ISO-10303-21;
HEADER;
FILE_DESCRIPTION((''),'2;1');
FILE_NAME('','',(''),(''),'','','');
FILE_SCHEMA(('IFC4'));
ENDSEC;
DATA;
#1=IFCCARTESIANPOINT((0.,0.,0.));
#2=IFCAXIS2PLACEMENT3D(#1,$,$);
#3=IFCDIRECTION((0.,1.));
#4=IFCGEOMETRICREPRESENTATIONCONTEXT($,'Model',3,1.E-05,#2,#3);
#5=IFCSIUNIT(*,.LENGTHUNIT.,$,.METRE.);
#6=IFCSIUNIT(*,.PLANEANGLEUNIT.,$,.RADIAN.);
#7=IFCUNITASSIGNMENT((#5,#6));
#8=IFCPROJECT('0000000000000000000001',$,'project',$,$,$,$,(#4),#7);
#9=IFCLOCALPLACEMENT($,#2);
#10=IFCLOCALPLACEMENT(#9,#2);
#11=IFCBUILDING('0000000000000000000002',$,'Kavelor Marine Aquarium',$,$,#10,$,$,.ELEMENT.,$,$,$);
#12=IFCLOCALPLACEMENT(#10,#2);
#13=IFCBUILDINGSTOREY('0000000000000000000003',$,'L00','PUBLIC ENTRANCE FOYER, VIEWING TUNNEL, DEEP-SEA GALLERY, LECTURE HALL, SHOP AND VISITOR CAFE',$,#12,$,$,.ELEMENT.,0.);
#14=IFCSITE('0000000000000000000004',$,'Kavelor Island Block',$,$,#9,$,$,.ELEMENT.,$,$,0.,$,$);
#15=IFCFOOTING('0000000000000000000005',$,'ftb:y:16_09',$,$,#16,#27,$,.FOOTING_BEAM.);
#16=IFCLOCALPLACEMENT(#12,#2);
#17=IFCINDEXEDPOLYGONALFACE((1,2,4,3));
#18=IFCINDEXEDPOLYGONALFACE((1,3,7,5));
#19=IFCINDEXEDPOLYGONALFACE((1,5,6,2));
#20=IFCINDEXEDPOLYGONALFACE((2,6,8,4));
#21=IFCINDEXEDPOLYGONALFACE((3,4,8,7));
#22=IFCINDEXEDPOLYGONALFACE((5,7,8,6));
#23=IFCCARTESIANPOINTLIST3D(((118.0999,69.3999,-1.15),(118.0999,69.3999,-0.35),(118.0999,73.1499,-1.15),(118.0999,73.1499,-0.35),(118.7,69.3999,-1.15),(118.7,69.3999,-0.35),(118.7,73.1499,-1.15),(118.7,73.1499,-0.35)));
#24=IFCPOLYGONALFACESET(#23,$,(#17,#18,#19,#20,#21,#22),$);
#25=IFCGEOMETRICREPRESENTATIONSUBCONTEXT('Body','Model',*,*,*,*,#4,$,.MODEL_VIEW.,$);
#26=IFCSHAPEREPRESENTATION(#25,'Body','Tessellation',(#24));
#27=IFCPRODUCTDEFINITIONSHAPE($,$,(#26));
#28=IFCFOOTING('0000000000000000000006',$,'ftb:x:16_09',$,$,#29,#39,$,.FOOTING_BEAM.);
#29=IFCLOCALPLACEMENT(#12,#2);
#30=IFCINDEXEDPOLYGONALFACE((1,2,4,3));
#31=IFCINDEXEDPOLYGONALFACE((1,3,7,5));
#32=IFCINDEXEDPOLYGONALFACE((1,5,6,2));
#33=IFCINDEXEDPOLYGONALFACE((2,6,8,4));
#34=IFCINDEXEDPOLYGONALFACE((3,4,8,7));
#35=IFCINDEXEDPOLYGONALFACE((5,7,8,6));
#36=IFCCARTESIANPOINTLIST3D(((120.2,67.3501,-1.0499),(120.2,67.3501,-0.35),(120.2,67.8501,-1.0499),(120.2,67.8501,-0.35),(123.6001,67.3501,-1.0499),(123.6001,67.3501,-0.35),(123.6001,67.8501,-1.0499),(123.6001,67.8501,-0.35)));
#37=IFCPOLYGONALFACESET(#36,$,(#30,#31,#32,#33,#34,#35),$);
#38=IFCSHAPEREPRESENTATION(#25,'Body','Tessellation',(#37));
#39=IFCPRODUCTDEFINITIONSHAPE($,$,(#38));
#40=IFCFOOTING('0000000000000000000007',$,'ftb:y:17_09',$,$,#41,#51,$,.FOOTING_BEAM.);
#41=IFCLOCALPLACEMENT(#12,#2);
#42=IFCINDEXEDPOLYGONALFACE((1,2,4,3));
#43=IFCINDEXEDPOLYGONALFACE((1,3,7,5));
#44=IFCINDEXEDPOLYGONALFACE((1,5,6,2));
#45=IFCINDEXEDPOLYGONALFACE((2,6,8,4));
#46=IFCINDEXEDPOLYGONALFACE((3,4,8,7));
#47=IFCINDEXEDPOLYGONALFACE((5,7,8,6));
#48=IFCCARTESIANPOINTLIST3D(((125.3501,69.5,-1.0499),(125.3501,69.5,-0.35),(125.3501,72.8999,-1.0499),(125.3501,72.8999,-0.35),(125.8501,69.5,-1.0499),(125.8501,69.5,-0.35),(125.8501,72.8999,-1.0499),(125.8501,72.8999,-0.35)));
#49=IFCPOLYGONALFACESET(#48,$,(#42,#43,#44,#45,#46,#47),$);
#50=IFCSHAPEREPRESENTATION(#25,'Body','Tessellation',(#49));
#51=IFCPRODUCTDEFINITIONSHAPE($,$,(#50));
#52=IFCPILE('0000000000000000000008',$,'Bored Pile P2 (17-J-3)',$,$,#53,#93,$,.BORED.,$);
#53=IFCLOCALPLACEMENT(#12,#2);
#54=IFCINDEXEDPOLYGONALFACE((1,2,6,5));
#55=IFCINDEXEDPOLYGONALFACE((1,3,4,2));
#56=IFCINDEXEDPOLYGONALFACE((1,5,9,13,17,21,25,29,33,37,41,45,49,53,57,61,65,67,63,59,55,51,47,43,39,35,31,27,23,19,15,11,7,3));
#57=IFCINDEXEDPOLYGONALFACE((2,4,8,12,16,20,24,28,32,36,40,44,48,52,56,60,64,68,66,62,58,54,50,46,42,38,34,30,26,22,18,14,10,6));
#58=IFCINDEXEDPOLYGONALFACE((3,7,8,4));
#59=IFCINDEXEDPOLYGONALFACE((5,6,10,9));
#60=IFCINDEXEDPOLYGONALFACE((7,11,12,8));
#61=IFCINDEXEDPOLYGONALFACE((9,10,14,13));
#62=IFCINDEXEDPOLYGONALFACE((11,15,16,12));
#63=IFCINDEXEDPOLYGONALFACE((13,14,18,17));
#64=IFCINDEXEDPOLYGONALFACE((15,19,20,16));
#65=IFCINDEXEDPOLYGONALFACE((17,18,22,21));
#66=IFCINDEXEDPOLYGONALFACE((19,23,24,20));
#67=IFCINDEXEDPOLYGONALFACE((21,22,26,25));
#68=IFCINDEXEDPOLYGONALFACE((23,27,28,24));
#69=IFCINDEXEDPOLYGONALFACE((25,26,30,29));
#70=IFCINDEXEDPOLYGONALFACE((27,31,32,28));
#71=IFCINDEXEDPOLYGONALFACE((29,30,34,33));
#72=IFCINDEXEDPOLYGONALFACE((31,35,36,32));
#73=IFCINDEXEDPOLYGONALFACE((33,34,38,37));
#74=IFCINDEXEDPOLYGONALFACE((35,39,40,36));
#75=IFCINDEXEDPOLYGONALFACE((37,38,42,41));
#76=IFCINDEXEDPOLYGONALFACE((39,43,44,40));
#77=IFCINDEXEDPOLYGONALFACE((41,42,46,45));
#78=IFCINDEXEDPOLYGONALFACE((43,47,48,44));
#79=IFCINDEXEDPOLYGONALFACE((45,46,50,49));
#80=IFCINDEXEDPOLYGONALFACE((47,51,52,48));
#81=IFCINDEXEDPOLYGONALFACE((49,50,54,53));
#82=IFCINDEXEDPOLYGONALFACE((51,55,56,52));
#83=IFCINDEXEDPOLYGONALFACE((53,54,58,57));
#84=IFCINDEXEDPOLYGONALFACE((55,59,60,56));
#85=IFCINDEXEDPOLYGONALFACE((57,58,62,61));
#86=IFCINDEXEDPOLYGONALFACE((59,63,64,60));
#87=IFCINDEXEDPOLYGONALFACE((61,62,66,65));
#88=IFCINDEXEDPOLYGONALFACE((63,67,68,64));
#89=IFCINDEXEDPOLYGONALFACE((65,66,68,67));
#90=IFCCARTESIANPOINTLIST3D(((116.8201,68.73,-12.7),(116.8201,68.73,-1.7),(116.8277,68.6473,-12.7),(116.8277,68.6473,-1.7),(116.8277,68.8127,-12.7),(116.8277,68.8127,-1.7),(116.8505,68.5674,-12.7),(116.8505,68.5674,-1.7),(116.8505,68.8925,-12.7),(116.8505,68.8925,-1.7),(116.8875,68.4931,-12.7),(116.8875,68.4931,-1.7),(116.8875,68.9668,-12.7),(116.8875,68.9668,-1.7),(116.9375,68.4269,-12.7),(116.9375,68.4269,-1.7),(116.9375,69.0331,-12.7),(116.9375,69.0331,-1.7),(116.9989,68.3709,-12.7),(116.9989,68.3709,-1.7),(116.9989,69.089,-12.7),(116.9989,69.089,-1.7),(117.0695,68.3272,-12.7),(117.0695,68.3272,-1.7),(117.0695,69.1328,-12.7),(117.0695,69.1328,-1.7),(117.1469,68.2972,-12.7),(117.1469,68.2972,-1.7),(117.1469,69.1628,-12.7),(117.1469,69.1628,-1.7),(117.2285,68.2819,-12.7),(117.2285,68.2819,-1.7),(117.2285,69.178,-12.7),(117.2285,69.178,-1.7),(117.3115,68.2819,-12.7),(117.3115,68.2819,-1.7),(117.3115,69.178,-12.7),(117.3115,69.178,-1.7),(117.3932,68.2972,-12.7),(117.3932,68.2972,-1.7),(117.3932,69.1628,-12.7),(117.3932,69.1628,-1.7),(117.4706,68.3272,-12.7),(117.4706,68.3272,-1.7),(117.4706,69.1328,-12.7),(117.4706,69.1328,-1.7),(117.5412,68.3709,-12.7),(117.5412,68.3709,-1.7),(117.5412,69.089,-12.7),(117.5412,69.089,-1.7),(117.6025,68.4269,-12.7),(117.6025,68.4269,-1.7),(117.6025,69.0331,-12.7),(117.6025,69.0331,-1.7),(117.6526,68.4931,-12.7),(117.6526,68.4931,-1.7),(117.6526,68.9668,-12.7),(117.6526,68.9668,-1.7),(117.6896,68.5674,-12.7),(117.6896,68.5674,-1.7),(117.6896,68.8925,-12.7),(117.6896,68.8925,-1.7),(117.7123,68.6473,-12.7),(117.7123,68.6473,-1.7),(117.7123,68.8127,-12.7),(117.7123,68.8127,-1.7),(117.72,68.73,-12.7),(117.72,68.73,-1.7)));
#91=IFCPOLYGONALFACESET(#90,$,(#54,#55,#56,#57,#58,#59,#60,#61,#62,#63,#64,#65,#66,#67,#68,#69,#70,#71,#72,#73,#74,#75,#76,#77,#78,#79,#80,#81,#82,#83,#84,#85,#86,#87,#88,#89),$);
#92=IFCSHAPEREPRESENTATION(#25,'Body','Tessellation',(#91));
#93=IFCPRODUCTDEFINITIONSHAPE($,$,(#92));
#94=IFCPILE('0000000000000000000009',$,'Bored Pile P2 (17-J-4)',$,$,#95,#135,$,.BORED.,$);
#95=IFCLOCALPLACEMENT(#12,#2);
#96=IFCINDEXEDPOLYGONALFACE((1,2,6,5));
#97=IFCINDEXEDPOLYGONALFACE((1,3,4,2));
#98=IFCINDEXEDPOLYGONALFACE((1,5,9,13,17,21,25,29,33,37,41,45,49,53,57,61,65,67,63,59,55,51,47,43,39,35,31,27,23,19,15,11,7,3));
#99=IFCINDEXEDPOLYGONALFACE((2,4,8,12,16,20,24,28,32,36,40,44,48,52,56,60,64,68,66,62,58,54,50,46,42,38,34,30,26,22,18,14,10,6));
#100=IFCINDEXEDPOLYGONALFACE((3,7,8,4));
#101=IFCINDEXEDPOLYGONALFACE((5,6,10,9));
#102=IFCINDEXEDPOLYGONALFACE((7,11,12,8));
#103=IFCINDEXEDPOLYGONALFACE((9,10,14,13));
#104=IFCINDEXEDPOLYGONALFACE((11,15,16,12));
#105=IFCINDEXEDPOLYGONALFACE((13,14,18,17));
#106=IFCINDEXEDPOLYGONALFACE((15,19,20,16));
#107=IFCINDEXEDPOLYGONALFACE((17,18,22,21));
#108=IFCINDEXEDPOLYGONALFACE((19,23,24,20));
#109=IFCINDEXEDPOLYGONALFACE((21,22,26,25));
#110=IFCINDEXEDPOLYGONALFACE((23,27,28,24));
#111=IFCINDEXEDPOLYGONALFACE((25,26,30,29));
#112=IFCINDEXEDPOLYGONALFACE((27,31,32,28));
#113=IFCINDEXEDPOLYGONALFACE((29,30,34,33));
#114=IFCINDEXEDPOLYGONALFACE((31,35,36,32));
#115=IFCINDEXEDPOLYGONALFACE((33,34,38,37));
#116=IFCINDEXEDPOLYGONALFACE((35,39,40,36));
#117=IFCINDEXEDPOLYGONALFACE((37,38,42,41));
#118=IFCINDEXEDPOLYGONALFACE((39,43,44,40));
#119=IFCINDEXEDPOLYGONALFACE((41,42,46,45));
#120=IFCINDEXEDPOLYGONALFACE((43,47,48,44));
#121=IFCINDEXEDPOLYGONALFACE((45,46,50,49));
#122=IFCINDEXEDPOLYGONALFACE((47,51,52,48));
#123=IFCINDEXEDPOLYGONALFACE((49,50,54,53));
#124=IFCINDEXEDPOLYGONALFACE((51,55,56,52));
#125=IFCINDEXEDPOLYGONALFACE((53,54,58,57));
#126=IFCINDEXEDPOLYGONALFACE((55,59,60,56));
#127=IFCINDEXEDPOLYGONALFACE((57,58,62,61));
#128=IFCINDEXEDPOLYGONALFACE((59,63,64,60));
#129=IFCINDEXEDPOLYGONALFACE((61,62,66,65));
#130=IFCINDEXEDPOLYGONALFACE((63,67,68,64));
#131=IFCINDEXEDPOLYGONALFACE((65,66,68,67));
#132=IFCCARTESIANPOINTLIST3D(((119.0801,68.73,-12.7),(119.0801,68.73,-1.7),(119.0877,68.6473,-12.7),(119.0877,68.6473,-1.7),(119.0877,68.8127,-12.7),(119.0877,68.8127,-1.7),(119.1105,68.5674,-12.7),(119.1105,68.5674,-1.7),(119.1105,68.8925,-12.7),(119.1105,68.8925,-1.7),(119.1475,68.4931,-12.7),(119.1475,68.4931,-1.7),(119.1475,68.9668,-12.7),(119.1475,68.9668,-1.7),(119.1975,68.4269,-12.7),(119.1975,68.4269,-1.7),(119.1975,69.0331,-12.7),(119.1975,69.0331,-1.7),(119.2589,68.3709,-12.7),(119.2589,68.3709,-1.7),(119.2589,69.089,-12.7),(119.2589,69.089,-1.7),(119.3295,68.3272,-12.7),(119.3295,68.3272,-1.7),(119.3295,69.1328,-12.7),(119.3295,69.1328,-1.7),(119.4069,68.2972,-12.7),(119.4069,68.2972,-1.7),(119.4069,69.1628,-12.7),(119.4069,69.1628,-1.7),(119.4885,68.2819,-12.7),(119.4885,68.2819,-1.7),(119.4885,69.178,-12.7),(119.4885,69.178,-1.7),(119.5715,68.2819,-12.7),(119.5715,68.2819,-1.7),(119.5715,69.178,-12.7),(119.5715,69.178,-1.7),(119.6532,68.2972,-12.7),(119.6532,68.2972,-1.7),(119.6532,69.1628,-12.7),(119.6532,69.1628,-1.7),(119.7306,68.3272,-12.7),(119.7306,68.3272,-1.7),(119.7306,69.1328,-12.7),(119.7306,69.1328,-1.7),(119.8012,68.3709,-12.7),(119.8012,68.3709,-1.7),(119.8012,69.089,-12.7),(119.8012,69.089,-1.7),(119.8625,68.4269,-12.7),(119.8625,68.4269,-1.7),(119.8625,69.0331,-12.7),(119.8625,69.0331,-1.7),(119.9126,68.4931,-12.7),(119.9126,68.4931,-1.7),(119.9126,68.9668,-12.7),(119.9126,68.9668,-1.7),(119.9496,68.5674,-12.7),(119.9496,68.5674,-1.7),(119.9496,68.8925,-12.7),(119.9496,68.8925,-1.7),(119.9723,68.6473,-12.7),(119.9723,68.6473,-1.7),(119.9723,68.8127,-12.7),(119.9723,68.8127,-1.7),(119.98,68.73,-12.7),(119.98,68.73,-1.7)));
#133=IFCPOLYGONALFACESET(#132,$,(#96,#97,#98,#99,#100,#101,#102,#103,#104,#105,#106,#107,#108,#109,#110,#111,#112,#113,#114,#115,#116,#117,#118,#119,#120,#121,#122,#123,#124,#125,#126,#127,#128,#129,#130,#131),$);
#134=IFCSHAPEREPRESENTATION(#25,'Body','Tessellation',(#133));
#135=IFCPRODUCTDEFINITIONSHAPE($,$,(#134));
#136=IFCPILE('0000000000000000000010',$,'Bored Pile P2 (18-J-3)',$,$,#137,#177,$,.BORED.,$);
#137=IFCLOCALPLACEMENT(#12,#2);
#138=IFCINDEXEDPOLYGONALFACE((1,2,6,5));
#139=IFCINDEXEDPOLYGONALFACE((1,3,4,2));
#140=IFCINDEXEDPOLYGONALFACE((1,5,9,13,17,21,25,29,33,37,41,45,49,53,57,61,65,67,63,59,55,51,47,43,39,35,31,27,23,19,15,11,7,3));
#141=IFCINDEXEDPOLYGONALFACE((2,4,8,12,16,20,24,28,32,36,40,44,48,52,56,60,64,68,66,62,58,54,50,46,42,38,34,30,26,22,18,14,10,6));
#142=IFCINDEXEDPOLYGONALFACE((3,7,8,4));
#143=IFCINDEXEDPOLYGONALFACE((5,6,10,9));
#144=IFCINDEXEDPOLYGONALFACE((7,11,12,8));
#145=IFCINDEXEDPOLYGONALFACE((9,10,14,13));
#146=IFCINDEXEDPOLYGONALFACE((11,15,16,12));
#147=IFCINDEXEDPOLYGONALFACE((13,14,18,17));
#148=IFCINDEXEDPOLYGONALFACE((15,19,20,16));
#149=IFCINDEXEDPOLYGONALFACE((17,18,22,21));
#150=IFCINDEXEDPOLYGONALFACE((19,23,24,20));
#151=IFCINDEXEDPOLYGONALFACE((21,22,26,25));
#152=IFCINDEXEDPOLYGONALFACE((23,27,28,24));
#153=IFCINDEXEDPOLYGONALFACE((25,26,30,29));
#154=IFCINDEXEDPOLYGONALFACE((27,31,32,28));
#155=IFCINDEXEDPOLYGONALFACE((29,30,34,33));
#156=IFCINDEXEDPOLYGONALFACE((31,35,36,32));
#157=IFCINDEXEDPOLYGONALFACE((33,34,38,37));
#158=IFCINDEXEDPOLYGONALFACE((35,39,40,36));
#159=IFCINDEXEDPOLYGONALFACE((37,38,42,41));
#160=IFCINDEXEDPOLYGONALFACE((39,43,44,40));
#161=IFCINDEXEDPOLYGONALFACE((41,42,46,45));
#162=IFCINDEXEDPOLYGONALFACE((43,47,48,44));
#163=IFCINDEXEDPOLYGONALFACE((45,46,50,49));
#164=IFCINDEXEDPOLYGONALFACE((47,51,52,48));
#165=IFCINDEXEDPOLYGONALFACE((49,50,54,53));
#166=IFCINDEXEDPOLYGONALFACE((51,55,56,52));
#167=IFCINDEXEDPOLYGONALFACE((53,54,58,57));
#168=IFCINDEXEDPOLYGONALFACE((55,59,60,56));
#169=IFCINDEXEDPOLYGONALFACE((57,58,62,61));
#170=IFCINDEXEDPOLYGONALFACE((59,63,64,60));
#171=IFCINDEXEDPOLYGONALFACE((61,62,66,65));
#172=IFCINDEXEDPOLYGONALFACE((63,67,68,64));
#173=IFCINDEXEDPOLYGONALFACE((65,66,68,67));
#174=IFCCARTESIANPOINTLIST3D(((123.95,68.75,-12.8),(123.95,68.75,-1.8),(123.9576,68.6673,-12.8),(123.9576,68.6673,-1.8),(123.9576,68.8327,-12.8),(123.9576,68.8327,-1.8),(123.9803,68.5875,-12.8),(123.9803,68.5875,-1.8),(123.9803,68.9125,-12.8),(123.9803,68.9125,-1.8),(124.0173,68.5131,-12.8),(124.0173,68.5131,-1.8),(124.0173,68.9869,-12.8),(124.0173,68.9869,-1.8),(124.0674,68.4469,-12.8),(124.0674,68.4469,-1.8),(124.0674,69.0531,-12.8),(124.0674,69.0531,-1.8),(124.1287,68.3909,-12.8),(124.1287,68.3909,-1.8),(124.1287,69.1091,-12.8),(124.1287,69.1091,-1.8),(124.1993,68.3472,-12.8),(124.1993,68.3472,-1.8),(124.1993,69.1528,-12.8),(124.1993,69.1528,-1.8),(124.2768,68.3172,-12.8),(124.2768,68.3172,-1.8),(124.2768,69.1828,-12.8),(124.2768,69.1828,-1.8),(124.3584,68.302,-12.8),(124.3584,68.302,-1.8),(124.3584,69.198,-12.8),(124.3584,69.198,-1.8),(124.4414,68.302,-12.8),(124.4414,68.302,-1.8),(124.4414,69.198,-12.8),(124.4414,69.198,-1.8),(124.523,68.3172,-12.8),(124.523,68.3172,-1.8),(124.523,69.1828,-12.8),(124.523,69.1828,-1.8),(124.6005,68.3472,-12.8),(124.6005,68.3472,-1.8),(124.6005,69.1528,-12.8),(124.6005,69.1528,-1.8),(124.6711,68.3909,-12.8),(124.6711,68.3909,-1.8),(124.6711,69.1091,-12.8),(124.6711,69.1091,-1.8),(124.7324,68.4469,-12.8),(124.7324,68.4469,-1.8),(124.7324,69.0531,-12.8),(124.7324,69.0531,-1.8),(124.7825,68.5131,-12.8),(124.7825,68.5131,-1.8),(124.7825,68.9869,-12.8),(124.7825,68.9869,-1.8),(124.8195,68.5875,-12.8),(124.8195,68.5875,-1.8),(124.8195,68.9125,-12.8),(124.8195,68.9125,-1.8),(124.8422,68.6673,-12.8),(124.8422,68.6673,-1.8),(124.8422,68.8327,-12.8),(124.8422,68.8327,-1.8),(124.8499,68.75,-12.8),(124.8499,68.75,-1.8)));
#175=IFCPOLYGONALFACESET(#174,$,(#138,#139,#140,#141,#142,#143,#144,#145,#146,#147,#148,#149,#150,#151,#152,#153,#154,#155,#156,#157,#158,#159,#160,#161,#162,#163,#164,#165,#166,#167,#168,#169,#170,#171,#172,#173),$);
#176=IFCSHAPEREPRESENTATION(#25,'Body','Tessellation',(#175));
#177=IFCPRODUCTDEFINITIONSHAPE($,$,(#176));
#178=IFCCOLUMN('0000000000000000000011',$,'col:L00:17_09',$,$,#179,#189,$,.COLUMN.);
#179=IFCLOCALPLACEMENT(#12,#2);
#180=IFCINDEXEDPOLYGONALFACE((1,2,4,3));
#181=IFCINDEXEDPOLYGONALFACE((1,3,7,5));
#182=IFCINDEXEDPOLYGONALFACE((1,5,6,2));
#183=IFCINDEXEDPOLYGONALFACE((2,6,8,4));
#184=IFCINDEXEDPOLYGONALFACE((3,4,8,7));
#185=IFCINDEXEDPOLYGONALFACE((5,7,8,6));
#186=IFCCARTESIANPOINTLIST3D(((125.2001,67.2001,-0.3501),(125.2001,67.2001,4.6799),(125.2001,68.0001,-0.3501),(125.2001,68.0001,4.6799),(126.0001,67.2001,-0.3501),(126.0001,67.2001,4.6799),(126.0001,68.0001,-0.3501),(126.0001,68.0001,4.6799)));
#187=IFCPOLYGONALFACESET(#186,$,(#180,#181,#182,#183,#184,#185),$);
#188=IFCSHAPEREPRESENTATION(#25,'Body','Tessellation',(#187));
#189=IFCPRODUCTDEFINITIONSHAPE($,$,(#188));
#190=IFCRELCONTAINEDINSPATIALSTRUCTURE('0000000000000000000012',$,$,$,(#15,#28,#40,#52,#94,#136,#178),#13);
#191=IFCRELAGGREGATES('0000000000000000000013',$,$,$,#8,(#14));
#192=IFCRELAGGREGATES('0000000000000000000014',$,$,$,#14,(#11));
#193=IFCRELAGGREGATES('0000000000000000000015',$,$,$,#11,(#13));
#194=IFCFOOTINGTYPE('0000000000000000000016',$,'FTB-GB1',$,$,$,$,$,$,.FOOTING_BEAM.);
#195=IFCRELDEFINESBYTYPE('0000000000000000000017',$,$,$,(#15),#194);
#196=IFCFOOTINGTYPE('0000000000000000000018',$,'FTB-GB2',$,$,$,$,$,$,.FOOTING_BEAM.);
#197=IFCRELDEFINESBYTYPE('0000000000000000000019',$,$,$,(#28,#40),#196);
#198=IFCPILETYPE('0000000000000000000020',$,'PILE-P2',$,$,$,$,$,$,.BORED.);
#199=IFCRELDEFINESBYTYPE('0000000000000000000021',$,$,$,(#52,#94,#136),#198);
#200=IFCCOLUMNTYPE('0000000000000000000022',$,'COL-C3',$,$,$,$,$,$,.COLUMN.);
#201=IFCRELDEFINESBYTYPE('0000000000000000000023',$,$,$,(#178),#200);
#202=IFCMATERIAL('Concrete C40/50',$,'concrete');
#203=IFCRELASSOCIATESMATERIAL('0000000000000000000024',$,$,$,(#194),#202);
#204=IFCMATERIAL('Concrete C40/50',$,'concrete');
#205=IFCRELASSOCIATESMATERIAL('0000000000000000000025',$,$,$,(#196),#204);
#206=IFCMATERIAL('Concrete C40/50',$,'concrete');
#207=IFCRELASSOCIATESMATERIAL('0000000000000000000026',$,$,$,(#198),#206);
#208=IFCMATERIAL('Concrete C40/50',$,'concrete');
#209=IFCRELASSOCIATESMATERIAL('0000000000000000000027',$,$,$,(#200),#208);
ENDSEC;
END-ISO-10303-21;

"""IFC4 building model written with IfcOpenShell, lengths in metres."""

from ifc_helpers import new_model, si_unit, direction, frame, origin, origin_2d, place, context, subcontext, project, spatial, rectangle, circle, extrude, material, material_profile, profile_set, type_object, element, save


model = new_model("IFC4")

# Units and contexts
model_context = context("Model", 3, precision=1e-05, world=origin(), true_north=direction((0.0, 1.0)))
body_context = subcontext(model_context, "Body", "Model", "MODEL_VIEW")
ifc_project = project(units=[si_unit("LENGTHUNIT", "METRE"), si_unit("PLANEANGLEUNIT", "RADIAN")], contexts=[model_context])

# Site, building, storey
site_placement = place(None, origin())
site = spatial("IfcSite", under=ifc_project, at=site_placement, Name="Kavelor Island Block", CompositionType="ELEMENT", RefElevation=0.0)
building_placement = place(site_placement, origin())
building = spatial("IfcBuilding", under=site, at=building_placement, Name="Kavelor Marine Aquarium", CompositionType="ELEMENT")
storey_placement = place(building_placement, origin())
storey = spatial("IfcBuildingStorey", under=building, at=storey_placement, Name="L00", Description="PUBLIC ENTRANCE FOYER, VIEWING TUNNEL, DEEP-SEA GALLERY, LECTURE HALL, SHOP AND VISITOR CAFE", CompositionType="ELEMENT", Elevation=0.0)

# Footings
ifc_material_1 = material(Name="Concrete C40/50", Category="concrete")
ifc_material_profile_1 = material_profile(ifc_material_1, rectangle(XDim=0.6001, YDim=0.8, at=origin_2d()), Name="GB 600x800")
ifc_profile_set_1 = profile_set([ifc_material_profile_1], Name="Concrete C40/50")
footing_type_1 = type_object("IfcFootingType", Name="FTB-GB1", PredefinedType="FOOTING_BEAM", material=ifc_profile_set_1)
footing_1_placement = place(storey_placement, frame((118.3999, 69.3999, -0.75), z_axis=(0.0, 1.0, 0.0), x_axis=(-1.0, 0.0, 0.0)))
element("IfcFooting", 1, at=footing_1_placement, inside=storey, type_object=footing_type_1, Name="ftb:y:16_09", PredefinedType="FOOTING_BEAM", context=body_context, shape_type="SweptSolid", body=[
    extrude(rectangle(XDim=0.6001, YDim=0.8, at=origin_2d()), origin(), (0.0, 0.0, 1.0), 3.75),
])
ifc_material_2 = material(Name="Concrete C40/50", Category="concrete")
ifc_material_profile_2 = material_profile(ifc_material_2, rectangle(XDim=0.5, YDim=0.7, at=origin_2d()), Name="GB 500x700")
ifc_profile_set_2 = profile_set([ifc_material_profile_2], Name="Concrete C40/50")
footing_type_2 = type_object("IfcFootingType", Name="FTB-GB2", PredefinedType="FOOTING_BEAM", material=ifc_profile_set_2)
footing_2_placement = place(storey_placement, frame((120.2, 67.6001, -0.7), z_axis=(1.0, 0.0, 0.0), x_axis=(0.0, 1.0, 0.0)))
element("IfcFooting", 2, at=footing_2_placement, inside=storey, type_object=footing_type_2, Name="ftb:x:16_09", PredefinedType="FOOTING_BEAM", context=body_context, shape_type="SweptSolid", body=[
    extrude(rectangle(XDim=0.5, YDim=0.7, at=origin_2d()), origin(), (0.0, 0.0, 1.0), 3.4001),
])
footing_3_placement = place(storey_placement, frame((125.6001, 69.5, -0.7), z_axis=(0.0, 1.0, 0.0), x_axis=(-1.0, 0.0, 0.0)))
element("IfcFooting", 3, at=footing_3_placement, inside=storey, type_object=footing_type_2, Name="ftb:y:17_09", PredefinedType="FOOTING_BEAM", context=body_context, shape_type="SweptSolid", body=[
    extrude(rectangle(XDim=0.5, YDim=0.7, at=origin_2d()), origin(), (0.0, 0.0, 1.0), 3.3999),
])

# Piles
ifc_material_3 = material(Name="Concrete C40/50", Category="concrete")
ifc_material_profile_3 = material_profile(ifc_material_3, circle(Radius=0.45, at=origin_2d()), Name="PILE D900")
ifc_profile_set_3 = profile_set([ifc_material_profile_3], Name="Concrete C40/50")
pile_type = type_object("IfcPileType", Name="PILE-P2", PredefinedType="BORED", material=ifc_profile_set_3)
for number, where, z_axis, x_axis, name in (
    (4, (117.27, 68.73, -1.7), (0.0, 0.0, -1.0), (1.0, 0.0, 0.0), "Bored Pile P2 (17-J-3)"),
    (5, (119.53, 68.73, -1.7), (0.0, 0.0, -1.0), (1.0, 0.0, 0.0), "Bored Pile P2 (17-J-4)"),
    (6, (124.3999, 68.75, -1.8), (0.0, 0.0, -1.0), (1.0, 0.0, 0.0), "Bored Pile P2 (18-J-3)"),
):
    element("IfcPile", number, at=place(storey_placement, frame(where, z_axis=z_axis, x_axis=x_axis)), inside=storey, type_object=pile_type, Name=name, PredefinedType="BORED", context=body_context, shape_type="SweptSolid", body=[
        extrude(circle(Radius=0.45, at=origin_2d()), origin(), (0.0, 0.0, 1.0), 11.0),
    ])

# Column
ifc_material_4 = material(Name="Concrete C40/50", Category="concrete")
ifc_material_profile_4 = material_profile(ifc_material_4, rectangle(XDim=0.8, YDim=0.8, at=origin_2d()), Name="RC-COL 800x800")
ifc_profile_set_4 = profile_set([ifc_material_profile_4], Name="Concrete C40/50")
column_type = type_object("IfcColumnType", Name="COL-C3", PredefinedType="COLUMN", material=ifc_profile_set_4)
column_placement = place(storey_placement, frame((125.6001, 67.6001, -0.3501), z_axis=(0.0, 0.0, 1.0), x_axis=(1.0, 0.0, 0.0)))
element("IfcColumn", 7, at=column_placement, inside=storey, type_object=column_type, Name="col:L00:17_09", PredefinedType="COLUMN", context=body_context, shape_type="SweptSolid", body=[
    extrude(rectangle(XDim=0.8, YDim=0.8, at=origin_2d()), origin(), (0.0, 0.0, 1.0), 5.03),
])

save(model, "model.ifc")
